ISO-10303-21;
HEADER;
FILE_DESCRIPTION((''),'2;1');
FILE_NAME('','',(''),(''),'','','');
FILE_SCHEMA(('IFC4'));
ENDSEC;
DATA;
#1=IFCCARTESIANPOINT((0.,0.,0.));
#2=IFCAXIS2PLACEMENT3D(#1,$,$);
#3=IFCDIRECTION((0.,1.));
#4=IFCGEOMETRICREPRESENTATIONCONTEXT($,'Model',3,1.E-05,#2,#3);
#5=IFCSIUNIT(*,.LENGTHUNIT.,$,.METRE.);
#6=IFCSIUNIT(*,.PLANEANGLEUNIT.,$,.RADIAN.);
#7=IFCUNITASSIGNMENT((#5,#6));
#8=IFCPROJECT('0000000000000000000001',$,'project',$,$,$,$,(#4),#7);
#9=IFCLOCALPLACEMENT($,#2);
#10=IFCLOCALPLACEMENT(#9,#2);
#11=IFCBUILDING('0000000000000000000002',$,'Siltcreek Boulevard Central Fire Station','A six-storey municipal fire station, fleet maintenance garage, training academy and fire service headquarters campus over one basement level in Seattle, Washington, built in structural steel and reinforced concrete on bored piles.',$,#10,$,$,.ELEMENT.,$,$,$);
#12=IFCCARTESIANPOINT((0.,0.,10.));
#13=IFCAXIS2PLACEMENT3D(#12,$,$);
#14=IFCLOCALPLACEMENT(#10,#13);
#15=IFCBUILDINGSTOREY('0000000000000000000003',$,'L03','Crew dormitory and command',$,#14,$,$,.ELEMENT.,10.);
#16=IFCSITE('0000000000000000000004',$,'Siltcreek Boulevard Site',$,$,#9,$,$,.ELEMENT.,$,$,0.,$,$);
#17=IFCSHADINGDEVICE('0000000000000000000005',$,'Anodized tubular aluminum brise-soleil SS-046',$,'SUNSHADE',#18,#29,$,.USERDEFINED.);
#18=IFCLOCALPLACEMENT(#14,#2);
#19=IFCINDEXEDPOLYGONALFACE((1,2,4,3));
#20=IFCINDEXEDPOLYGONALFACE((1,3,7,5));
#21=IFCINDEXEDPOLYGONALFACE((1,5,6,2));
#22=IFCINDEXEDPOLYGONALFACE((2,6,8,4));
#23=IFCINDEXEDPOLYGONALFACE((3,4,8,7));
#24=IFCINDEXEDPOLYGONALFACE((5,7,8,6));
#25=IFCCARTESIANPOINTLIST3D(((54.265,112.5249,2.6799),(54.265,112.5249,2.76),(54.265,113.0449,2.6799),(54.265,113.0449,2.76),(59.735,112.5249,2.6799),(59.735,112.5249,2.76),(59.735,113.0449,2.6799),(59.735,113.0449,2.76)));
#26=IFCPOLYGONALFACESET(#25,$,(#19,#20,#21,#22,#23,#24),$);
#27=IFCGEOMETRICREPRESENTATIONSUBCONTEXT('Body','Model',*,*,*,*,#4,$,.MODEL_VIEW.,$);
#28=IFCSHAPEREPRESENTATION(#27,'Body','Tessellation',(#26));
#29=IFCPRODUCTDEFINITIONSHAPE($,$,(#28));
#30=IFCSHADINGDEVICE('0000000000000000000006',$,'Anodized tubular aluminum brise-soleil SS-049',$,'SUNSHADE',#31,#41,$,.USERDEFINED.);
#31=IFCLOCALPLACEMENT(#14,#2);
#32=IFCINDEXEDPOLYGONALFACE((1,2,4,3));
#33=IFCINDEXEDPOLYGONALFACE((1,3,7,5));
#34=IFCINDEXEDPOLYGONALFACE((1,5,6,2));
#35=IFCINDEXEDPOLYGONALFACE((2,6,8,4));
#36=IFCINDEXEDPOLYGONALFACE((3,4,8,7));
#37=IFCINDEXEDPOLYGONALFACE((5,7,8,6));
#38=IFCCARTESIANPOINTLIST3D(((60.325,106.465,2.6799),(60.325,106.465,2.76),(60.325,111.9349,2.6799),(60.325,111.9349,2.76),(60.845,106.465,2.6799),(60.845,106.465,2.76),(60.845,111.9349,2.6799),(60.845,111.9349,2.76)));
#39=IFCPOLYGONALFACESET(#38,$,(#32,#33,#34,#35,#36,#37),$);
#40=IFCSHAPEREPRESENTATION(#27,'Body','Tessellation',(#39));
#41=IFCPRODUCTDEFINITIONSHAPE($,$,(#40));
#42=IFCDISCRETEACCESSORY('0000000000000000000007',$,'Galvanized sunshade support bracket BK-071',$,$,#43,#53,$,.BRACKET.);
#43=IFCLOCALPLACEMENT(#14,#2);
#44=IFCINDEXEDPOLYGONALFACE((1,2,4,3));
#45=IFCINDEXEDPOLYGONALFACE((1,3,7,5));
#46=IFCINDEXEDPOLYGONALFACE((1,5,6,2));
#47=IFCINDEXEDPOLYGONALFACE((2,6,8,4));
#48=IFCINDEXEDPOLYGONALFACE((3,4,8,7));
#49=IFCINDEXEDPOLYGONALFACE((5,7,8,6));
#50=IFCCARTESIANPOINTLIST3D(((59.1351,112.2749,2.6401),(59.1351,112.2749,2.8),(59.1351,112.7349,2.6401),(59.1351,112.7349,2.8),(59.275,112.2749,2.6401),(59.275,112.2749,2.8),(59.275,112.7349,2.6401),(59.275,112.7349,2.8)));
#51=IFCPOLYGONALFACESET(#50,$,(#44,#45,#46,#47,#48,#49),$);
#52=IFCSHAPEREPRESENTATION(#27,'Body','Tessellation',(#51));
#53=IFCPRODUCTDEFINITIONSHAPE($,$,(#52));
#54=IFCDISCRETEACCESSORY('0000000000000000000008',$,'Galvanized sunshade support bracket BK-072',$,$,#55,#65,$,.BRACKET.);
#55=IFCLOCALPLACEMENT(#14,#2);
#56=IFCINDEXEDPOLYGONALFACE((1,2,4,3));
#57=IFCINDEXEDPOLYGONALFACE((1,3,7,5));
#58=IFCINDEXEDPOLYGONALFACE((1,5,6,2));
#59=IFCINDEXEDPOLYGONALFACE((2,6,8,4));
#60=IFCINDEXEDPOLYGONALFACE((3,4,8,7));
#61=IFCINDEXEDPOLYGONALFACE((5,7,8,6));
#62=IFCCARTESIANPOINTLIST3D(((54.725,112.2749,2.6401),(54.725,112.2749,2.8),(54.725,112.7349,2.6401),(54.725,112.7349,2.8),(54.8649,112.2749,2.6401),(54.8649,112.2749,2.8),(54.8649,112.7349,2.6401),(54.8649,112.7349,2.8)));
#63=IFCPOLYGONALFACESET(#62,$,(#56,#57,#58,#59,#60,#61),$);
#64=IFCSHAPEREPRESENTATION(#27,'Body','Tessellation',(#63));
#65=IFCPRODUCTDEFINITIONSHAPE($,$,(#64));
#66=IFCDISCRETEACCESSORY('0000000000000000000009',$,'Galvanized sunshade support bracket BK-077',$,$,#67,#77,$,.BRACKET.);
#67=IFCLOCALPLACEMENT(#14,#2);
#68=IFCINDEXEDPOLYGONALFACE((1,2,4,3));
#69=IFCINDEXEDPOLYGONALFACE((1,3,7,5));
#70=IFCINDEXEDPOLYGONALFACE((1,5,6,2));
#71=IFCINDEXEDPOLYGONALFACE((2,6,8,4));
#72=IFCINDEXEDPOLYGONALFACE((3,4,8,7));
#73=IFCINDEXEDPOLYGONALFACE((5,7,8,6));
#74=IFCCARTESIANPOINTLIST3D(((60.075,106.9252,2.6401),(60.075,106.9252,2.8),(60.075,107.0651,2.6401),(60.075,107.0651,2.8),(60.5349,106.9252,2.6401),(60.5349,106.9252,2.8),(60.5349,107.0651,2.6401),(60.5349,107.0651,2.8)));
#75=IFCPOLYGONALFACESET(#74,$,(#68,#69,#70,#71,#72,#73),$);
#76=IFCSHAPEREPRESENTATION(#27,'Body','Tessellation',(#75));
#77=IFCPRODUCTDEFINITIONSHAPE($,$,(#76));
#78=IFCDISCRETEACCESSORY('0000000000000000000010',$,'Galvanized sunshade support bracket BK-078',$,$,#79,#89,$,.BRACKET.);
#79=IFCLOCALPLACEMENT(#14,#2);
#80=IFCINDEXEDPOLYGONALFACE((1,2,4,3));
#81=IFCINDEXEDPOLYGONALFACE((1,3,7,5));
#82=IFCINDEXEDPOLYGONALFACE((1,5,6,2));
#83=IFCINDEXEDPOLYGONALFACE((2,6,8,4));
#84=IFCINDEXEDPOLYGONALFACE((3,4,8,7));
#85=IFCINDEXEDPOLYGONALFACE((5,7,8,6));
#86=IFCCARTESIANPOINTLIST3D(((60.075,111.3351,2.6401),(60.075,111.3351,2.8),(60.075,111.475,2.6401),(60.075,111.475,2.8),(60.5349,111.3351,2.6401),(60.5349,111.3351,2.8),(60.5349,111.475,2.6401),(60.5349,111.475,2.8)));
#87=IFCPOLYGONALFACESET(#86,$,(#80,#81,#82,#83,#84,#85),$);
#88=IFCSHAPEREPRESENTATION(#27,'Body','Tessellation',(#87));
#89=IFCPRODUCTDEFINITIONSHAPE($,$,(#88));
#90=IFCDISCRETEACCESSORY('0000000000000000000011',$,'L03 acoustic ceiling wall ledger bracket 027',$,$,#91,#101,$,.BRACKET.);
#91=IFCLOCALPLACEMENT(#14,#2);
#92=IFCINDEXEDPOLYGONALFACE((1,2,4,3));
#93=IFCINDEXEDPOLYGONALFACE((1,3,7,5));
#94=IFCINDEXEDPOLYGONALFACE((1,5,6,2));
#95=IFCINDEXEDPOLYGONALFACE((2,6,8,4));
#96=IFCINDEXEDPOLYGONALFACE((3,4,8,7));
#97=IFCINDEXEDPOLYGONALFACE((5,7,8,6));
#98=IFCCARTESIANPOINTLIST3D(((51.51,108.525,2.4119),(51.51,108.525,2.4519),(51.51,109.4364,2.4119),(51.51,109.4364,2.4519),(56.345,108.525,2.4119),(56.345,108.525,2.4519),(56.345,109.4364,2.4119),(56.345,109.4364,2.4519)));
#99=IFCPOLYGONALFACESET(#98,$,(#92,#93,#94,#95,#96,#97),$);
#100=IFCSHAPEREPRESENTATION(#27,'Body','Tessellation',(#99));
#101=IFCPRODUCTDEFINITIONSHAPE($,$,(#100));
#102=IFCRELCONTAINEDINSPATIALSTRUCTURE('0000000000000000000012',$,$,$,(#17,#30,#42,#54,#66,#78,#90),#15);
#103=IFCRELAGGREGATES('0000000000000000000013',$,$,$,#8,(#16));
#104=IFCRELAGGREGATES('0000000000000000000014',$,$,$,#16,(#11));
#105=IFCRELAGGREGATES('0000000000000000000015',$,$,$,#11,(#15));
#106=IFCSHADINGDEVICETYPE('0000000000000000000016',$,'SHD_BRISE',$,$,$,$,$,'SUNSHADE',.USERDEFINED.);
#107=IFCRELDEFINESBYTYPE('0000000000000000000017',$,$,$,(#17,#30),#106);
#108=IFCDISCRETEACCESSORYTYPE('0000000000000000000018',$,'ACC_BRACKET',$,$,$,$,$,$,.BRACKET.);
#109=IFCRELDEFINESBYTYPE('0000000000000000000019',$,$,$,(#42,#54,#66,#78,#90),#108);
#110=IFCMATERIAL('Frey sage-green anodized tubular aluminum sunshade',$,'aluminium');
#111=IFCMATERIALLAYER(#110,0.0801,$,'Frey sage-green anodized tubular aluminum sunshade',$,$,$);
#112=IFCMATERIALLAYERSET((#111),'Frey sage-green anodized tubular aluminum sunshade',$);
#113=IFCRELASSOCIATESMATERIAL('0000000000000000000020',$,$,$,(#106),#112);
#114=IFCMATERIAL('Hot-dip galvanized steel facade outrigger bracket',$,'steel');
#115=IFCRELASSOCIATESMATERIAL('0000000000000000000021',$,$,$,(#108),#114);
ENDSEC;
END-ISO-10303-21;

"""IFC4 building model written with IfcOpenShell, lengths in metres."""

from ifc_helpers import new_model, si_unit, direction, frame, origin, origin_2d, place, context, subcontext, project, spatial, rectangle, extrude, material, layer, layer_set, type_object, element, save


model = new_model("IFC4")

# Units and contexts
model_context = context("Model", 3, precision=1e-05, world=origin(), true_north=direction((0.0, 1.0)))
body_context = subcontext(model_context, "Body", "Model", "MODEL_VIEW")
ifc_project = project(units=[si_unit("LENGTHUNIT", "METRE"), si_unit("PLANEANGLEUNIT", "RADIAN")], contexts=[model_context])

# Site, building, storey
site_placement = place(None, origin())
site = spatial("IfcSite", under=ifc_project, at=site_placement, Name="Siltcreek Boulevard Site", CompositionType="ELEMENT", RefElevation=0.0)
building_placement = place(site_placement, origin())
building = spatial("IfcBuilding", under=site, at=building_placement, Name="Siltcreek Boulevard Central Fire Station", Description="A six-storey municipal fire station, fleet maintenance garage, training academy and fire service headquarters campus over one basement level in Seattle, Washington, built in structural steel and reinforced concrete on bored piles.", CompositionType="ELEMENT")
storey_placement = place(building_placement, frame((0.0, 0.0, 10.0)))
storey = spatial("IfcBuildingStorey", under=building, at=storey_placement, Name="L03", Description="Crew dormitory and command", CompositionType="ELEMENT", Elevation=10.0)

# Shading devices
ifc_material_1 = material(Name="Frey sage-green anodized tubular aluminum sunshade", Category="aluminium")
ifc_layer_1 = layer(ifc_material_1, 0.0801, Name="Frey sage-green anodized tubular aluminum sunshade")
ifc_layer_set_1 = layer_set([ifc_layer_1], Name="Frey sage-green anodized tubular aluminum sunshade")
shading_device_type = type_object("IfcShadingDeviceType", Name="SHD_BRISE", ElementType="SUNSHADE", PredefinedType="USERDEFINED", material=ifc_layer_set_1)
for number, where, z_axis, x_axis, name in (
    (1, (57.0, 112.7849, 2.6799), (0.0, 0.0, 1.0), (-1.0, 0.0, 0.0), "Anodized tubular aluminum brise-soleil SS-046"),
    (2, (60.585, 109.2, 2.6799), (0.0, 0.0, 1.0), (0.0, 1.0, 0.0), "Anodized tubular aluminum brise-soleil SS-049"),
):
    element("IfcShadingDevice", number, at=place(storey_placement, frame(where, z_axis=z_axis, x_axis=x_axis)), inside=storey, type_object=shading_device_type, Name=name, ObjectType="SUNSHADE", PredefinedType="USERDEFINED", context=body_context, shape_type="SweptSolid", body=[
        extrude(rectangle(XDim=5.47, YDim=0.52, at=origin_2d()), origin(), (0.0, 0.0, 1.0), 0.0801),
    ])

# Discrete accessories
ifc_material_2 = material(Name="Hot-dip galvanized steel facade outrigger bracket", Category="steel")
discrete_accessory_type = type_object("IfcDiscreteAccessoryType", Name="ACC_BRACKET", PredefinedType="BRACKET", material=ifc_material_2)
for number, where, z_axis, x_axis, name in (
    (3, (59.2051, 112.5049, 2.6401), (0.0, 0.0, 1.0), (-1.0, 0.0, 0.0), "Galvanized sunshade support bracket BK-071"),
    (4, (54.7949, 112.5049, 2.6401), (0.0, 0.0, 1.0), (-1.0, 0.0, 0.0), "Galvanized sunshade support bracket BK-072"),
    (5, (60.3049, 106.9951, 2.6401), (0.0, 0.0, 1.0), (0.0, 1.0, 0.0), "Galvanized sunshade support bracket BK-077"),
    (6, (60.3049, 111.405, 2.6401), (0.0, 0.0, 1.0), (0.0, 1.0, 0.0), "Galvanized sunshade support bracket BK-078"),
):
    element("IfcDiscreteAccessory", number, at=place(storey_placement, frame(where, z_axis=z_axis, x_axis=x_axis)), inside=storey, type_object=discrete_accessory_type, Name=name, PredefinedType="BRACKET", context=body_context, shape_type="SweptSolid", body=[
        extrude(rectangle(XDim=0.1399, YDim=0.46, at=origin_2d()), origin(), (0.0, 0.0, 1.0), 0.1599),
    ])
discrete_accessory_placement = place(storey_placement, frame((53.9275, 108.9807, 2.4119), z_axis=(0.0, 0.0, 1.0), x_axis=(1.0, 0.0, 0.0)))
element("IfcDiscreteAccessory", 7, at=discrete_accessory_placement, inside=storey, type_object=discrete_accessory_type, Name="L03 acoustic ceiling wall ledger bracket 027", PredefinedType="BRACKET", context=body_context, shape_type="SweptSolid", body=[
    extrude(rectangle(XDim=4.835, YDim=0.9114, at=origin_2d()), origin(), (0.0, 0.0, 1.0), 0.04),
])

save(model, "model.ifc")
